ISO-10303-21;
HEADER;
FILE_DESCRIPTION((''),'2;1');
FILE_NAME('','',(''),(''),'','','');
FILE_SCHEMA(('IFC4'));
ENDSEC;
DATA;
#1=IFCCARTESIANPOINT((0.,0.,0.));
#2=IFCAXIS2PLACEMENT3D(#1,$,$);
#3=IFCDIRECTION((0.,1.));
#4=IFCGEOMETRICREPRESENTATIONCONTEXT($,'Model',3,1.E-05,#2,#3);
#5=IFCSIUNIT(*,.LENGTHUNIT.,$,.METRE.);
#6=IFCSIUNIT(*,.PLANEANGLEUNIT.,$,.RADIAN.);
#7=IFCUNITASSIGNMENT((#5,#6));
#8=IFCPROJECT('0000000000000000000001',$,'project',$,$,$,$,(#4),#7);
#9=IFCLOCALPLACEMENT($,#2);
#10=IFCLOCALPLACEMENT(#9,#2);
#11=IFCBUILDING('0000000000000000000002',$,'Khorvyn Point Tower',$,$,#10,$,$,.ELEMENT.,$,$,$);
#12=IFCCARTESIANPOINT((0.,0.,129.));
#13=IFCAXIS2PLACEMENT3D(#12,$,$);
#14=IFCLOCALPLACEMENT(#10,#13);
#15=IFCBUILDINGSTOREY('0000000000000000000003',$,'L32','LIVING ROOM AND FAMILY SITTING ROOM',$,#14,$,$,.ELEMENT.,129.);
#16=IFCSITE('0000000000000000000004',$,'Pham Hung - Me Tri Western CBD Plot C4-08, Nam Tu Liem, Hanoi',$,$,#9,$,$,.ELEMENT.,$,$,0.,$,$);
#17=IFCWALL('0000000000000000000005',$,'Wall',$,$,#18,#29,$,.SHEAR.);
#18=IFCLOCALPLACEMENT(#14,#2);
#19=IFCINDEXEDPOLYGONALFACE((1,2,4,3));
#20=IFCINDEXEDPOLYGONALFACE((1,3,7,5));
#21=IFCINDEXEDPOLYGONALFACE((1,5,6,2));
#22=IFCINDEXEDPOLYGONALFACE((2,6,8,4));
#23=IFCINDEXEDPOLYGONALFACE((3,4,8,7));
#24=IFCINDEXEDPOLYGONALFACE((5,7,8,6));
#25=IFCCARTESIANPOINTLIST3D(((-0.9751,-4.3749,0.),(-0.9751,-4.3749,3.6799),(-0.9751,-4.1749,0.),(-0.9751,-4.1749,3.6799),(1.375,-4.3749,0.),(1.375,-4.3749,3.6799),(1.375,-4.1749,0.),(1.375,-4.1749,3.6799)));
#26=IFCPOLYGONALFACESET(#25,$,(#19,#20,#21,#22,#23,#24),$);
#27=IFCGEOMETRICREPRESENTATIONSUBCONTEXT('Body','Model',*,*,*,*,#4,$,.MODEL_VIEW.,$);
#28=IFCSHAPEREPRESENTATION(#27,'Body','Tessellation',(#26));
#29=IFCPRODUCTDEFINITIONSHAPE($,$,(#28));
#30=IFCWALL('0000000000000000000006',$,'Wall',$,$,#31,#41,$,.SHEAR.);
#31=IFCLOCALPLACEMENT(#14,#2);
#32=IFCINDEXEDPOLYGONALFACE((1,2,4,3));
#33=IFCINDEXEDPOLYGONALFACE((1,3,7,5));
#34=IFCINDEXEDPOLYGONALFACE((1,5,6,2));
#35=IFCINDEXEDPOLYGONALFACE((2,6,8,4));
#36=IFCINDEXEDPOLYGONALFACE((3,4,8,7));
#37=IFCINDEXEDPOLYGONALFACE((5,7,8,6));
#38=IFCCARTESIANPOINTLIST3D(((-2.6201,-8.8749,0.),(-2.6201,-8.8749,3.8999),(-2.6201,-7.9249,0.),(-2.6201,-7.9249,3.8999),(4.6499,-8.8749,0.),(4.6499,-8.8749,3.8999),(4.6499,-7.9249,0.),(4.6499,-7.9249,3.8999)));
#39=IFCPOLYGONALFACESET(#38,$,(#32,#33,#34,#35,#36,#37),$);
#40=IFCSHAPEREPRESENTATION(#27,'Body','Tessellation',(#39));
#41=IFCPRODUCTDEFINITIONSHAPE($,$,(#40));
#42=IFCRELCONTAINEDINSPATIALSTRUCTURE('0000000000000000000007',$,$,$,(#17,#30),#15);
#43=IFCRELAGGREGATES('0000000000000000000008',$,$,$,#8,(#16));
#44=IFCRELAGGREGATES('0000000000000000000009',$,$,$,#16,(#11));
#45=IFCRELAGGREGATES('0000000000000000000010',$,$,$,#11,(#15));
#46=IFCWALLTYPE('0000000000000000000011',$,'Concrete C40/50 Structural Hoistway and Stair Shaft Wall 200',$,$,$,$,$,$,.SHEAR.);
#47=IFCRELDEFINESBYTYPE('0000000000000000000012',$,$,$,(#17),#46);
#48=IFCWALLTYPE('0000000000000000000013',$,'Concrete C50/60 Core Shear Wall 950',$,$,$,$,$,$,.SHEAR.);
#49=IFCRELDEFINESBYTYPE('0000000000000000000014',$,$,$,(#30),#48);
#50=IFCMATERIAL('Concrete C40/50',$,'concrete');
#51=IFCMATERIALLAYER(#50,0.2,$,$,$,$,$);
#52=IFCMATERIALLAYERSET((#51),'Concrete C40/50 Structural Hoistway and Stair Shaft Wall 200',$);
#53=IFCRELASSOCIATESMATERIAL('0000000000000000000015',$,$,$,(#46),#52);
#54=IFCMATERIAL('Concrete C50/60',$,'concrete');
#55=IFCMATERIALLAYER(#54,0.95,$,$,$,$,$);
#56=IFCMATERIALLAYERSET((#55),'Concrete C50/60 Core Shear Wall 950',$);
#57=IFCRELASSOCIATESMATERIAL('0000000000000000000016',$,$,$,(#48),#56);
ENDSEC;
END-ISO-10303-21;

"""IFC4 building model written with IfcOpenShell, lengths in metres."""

from ifc_helpers import new_model, si_unit, direction, frame, frame_2d, origin, place, context, subcontext, project, spatial, rectangle, extrude, material, layer, layer_set, type_object, element, save


model = new_model("IFC4")

# Units and contexts
model_context = context("Model", 3, precision=1e-05, world=origin(), true_north=direction((0.0, 1.0)))
body_context = subcontext(model_context, "Body", "Model", "MODEL_VIEW")
ifc_project = project(units=[si_unit("LENGTHUNIT", "METRE"), si_unit("PLANEANGLEUNIT", "RADIAN")], contexts=[model_context])

# Site, building, storey
site_placement = place(None, origin())
site = spatial("IfcSite", under=ifc_project, at=site_placement, Name="Pham Hung - Me Tri Western CBD Plot C4-08, Nam Tu Liem, Hanoi", CompositionType="ELEMENT", RefElevation=0.0)
building_placement = place(site_placement, origin())
building = spatial("IfcBuilding", under=site, at=building_placement, Name="Khorvyn Point Tower", CompositionType="ELEMENT")
storey_placement = place(building_placement, frame((0.0, 0.0, 129.0)))
storey = spatial("IfcBuildingStorey", under=building, at=storey_placement, Name="L32", Description="LIVING ROOM AND FAMILY SITTING ROOM", CompositionType="ELEMENT", Elevation=129.0)

# Shared definitions
ifc_material_1 = material(Name="Concrete C40/50", Category="concrete")

# Shared definitions
ifc_material_2 = material(Name="Concrete C50/60", Category="concrete")

# Shared definitions
ifc_layer_1 = layer(ifc_material_1, 0.2)
ifc_layer_set_1 = layer_set([ifc_layer_1], Name="Concrete C40/50 Structural Hoistway and Stair Shaft Wall 200")
wall_type_1 = type_object("IfcWallType", Name="Concrete C40/50 Structural Hoistway and Stair Shaft Wall 200", PredefinedType="SHEAR", material=ifc_layer_set_1)

# Walls
for number, where, z_axis, x_axis, name in (
    (1, (-0.9751, -4.2749, 0.0), (0.0, 0.0, 1.0), (1.0, 0.0, 0.0), "Wall"),
):
    element("IfcWall", number, at=place(storey_placement, frame(where, z_axis=z_axis, x_axis=x_axis)), inside=storey, type_object=wall_type_1, Name=name, PredefinedType="SHEAR", context=body_context, shape_type="SweptSolid", body=[
        extrude(rectangle(XDim=2.3501, YDim=0.2, at=frame_2d((1.175, 0.0))), origin(), (0.0, 0.0, 1.0), 3.6799),
    ])
ifc_layer_2 = layer(ifc_material_2, 0.95)
ifc_layer_set_2 = layer_set([ifc_layer_2], Name="Concrete C50/60 Core Shear Wall 950")
wall_type_2 = type_object("IfcWallType", Name="Concrete C50/60 Core Shear Wall 950", PredefinedType="SHEAR", material=ifc_layer_set_2)
wall_1_placement = place(storey_placement, frame((-2.6201, -8.3999, 0.0), z_axis=(0.0, 0.0, 1.0), x_axis=(1.0, 0.0, 0.0)))
element("IfcWall", 2, at=wall_1_placement, inside=storey, type_object=wall_type_2, Name="Wall", PredefinedType="SHEAR", context=body_context, shape_type="SweptSolid", body=[
    extrude(rectangle(XDim=7.27, YDim=0.95, at=frame_2d((3.635, 0.0))), origin(), (0.0, 0.0, 1.0), 3.8999),
])

save(model, "model.ifc")
